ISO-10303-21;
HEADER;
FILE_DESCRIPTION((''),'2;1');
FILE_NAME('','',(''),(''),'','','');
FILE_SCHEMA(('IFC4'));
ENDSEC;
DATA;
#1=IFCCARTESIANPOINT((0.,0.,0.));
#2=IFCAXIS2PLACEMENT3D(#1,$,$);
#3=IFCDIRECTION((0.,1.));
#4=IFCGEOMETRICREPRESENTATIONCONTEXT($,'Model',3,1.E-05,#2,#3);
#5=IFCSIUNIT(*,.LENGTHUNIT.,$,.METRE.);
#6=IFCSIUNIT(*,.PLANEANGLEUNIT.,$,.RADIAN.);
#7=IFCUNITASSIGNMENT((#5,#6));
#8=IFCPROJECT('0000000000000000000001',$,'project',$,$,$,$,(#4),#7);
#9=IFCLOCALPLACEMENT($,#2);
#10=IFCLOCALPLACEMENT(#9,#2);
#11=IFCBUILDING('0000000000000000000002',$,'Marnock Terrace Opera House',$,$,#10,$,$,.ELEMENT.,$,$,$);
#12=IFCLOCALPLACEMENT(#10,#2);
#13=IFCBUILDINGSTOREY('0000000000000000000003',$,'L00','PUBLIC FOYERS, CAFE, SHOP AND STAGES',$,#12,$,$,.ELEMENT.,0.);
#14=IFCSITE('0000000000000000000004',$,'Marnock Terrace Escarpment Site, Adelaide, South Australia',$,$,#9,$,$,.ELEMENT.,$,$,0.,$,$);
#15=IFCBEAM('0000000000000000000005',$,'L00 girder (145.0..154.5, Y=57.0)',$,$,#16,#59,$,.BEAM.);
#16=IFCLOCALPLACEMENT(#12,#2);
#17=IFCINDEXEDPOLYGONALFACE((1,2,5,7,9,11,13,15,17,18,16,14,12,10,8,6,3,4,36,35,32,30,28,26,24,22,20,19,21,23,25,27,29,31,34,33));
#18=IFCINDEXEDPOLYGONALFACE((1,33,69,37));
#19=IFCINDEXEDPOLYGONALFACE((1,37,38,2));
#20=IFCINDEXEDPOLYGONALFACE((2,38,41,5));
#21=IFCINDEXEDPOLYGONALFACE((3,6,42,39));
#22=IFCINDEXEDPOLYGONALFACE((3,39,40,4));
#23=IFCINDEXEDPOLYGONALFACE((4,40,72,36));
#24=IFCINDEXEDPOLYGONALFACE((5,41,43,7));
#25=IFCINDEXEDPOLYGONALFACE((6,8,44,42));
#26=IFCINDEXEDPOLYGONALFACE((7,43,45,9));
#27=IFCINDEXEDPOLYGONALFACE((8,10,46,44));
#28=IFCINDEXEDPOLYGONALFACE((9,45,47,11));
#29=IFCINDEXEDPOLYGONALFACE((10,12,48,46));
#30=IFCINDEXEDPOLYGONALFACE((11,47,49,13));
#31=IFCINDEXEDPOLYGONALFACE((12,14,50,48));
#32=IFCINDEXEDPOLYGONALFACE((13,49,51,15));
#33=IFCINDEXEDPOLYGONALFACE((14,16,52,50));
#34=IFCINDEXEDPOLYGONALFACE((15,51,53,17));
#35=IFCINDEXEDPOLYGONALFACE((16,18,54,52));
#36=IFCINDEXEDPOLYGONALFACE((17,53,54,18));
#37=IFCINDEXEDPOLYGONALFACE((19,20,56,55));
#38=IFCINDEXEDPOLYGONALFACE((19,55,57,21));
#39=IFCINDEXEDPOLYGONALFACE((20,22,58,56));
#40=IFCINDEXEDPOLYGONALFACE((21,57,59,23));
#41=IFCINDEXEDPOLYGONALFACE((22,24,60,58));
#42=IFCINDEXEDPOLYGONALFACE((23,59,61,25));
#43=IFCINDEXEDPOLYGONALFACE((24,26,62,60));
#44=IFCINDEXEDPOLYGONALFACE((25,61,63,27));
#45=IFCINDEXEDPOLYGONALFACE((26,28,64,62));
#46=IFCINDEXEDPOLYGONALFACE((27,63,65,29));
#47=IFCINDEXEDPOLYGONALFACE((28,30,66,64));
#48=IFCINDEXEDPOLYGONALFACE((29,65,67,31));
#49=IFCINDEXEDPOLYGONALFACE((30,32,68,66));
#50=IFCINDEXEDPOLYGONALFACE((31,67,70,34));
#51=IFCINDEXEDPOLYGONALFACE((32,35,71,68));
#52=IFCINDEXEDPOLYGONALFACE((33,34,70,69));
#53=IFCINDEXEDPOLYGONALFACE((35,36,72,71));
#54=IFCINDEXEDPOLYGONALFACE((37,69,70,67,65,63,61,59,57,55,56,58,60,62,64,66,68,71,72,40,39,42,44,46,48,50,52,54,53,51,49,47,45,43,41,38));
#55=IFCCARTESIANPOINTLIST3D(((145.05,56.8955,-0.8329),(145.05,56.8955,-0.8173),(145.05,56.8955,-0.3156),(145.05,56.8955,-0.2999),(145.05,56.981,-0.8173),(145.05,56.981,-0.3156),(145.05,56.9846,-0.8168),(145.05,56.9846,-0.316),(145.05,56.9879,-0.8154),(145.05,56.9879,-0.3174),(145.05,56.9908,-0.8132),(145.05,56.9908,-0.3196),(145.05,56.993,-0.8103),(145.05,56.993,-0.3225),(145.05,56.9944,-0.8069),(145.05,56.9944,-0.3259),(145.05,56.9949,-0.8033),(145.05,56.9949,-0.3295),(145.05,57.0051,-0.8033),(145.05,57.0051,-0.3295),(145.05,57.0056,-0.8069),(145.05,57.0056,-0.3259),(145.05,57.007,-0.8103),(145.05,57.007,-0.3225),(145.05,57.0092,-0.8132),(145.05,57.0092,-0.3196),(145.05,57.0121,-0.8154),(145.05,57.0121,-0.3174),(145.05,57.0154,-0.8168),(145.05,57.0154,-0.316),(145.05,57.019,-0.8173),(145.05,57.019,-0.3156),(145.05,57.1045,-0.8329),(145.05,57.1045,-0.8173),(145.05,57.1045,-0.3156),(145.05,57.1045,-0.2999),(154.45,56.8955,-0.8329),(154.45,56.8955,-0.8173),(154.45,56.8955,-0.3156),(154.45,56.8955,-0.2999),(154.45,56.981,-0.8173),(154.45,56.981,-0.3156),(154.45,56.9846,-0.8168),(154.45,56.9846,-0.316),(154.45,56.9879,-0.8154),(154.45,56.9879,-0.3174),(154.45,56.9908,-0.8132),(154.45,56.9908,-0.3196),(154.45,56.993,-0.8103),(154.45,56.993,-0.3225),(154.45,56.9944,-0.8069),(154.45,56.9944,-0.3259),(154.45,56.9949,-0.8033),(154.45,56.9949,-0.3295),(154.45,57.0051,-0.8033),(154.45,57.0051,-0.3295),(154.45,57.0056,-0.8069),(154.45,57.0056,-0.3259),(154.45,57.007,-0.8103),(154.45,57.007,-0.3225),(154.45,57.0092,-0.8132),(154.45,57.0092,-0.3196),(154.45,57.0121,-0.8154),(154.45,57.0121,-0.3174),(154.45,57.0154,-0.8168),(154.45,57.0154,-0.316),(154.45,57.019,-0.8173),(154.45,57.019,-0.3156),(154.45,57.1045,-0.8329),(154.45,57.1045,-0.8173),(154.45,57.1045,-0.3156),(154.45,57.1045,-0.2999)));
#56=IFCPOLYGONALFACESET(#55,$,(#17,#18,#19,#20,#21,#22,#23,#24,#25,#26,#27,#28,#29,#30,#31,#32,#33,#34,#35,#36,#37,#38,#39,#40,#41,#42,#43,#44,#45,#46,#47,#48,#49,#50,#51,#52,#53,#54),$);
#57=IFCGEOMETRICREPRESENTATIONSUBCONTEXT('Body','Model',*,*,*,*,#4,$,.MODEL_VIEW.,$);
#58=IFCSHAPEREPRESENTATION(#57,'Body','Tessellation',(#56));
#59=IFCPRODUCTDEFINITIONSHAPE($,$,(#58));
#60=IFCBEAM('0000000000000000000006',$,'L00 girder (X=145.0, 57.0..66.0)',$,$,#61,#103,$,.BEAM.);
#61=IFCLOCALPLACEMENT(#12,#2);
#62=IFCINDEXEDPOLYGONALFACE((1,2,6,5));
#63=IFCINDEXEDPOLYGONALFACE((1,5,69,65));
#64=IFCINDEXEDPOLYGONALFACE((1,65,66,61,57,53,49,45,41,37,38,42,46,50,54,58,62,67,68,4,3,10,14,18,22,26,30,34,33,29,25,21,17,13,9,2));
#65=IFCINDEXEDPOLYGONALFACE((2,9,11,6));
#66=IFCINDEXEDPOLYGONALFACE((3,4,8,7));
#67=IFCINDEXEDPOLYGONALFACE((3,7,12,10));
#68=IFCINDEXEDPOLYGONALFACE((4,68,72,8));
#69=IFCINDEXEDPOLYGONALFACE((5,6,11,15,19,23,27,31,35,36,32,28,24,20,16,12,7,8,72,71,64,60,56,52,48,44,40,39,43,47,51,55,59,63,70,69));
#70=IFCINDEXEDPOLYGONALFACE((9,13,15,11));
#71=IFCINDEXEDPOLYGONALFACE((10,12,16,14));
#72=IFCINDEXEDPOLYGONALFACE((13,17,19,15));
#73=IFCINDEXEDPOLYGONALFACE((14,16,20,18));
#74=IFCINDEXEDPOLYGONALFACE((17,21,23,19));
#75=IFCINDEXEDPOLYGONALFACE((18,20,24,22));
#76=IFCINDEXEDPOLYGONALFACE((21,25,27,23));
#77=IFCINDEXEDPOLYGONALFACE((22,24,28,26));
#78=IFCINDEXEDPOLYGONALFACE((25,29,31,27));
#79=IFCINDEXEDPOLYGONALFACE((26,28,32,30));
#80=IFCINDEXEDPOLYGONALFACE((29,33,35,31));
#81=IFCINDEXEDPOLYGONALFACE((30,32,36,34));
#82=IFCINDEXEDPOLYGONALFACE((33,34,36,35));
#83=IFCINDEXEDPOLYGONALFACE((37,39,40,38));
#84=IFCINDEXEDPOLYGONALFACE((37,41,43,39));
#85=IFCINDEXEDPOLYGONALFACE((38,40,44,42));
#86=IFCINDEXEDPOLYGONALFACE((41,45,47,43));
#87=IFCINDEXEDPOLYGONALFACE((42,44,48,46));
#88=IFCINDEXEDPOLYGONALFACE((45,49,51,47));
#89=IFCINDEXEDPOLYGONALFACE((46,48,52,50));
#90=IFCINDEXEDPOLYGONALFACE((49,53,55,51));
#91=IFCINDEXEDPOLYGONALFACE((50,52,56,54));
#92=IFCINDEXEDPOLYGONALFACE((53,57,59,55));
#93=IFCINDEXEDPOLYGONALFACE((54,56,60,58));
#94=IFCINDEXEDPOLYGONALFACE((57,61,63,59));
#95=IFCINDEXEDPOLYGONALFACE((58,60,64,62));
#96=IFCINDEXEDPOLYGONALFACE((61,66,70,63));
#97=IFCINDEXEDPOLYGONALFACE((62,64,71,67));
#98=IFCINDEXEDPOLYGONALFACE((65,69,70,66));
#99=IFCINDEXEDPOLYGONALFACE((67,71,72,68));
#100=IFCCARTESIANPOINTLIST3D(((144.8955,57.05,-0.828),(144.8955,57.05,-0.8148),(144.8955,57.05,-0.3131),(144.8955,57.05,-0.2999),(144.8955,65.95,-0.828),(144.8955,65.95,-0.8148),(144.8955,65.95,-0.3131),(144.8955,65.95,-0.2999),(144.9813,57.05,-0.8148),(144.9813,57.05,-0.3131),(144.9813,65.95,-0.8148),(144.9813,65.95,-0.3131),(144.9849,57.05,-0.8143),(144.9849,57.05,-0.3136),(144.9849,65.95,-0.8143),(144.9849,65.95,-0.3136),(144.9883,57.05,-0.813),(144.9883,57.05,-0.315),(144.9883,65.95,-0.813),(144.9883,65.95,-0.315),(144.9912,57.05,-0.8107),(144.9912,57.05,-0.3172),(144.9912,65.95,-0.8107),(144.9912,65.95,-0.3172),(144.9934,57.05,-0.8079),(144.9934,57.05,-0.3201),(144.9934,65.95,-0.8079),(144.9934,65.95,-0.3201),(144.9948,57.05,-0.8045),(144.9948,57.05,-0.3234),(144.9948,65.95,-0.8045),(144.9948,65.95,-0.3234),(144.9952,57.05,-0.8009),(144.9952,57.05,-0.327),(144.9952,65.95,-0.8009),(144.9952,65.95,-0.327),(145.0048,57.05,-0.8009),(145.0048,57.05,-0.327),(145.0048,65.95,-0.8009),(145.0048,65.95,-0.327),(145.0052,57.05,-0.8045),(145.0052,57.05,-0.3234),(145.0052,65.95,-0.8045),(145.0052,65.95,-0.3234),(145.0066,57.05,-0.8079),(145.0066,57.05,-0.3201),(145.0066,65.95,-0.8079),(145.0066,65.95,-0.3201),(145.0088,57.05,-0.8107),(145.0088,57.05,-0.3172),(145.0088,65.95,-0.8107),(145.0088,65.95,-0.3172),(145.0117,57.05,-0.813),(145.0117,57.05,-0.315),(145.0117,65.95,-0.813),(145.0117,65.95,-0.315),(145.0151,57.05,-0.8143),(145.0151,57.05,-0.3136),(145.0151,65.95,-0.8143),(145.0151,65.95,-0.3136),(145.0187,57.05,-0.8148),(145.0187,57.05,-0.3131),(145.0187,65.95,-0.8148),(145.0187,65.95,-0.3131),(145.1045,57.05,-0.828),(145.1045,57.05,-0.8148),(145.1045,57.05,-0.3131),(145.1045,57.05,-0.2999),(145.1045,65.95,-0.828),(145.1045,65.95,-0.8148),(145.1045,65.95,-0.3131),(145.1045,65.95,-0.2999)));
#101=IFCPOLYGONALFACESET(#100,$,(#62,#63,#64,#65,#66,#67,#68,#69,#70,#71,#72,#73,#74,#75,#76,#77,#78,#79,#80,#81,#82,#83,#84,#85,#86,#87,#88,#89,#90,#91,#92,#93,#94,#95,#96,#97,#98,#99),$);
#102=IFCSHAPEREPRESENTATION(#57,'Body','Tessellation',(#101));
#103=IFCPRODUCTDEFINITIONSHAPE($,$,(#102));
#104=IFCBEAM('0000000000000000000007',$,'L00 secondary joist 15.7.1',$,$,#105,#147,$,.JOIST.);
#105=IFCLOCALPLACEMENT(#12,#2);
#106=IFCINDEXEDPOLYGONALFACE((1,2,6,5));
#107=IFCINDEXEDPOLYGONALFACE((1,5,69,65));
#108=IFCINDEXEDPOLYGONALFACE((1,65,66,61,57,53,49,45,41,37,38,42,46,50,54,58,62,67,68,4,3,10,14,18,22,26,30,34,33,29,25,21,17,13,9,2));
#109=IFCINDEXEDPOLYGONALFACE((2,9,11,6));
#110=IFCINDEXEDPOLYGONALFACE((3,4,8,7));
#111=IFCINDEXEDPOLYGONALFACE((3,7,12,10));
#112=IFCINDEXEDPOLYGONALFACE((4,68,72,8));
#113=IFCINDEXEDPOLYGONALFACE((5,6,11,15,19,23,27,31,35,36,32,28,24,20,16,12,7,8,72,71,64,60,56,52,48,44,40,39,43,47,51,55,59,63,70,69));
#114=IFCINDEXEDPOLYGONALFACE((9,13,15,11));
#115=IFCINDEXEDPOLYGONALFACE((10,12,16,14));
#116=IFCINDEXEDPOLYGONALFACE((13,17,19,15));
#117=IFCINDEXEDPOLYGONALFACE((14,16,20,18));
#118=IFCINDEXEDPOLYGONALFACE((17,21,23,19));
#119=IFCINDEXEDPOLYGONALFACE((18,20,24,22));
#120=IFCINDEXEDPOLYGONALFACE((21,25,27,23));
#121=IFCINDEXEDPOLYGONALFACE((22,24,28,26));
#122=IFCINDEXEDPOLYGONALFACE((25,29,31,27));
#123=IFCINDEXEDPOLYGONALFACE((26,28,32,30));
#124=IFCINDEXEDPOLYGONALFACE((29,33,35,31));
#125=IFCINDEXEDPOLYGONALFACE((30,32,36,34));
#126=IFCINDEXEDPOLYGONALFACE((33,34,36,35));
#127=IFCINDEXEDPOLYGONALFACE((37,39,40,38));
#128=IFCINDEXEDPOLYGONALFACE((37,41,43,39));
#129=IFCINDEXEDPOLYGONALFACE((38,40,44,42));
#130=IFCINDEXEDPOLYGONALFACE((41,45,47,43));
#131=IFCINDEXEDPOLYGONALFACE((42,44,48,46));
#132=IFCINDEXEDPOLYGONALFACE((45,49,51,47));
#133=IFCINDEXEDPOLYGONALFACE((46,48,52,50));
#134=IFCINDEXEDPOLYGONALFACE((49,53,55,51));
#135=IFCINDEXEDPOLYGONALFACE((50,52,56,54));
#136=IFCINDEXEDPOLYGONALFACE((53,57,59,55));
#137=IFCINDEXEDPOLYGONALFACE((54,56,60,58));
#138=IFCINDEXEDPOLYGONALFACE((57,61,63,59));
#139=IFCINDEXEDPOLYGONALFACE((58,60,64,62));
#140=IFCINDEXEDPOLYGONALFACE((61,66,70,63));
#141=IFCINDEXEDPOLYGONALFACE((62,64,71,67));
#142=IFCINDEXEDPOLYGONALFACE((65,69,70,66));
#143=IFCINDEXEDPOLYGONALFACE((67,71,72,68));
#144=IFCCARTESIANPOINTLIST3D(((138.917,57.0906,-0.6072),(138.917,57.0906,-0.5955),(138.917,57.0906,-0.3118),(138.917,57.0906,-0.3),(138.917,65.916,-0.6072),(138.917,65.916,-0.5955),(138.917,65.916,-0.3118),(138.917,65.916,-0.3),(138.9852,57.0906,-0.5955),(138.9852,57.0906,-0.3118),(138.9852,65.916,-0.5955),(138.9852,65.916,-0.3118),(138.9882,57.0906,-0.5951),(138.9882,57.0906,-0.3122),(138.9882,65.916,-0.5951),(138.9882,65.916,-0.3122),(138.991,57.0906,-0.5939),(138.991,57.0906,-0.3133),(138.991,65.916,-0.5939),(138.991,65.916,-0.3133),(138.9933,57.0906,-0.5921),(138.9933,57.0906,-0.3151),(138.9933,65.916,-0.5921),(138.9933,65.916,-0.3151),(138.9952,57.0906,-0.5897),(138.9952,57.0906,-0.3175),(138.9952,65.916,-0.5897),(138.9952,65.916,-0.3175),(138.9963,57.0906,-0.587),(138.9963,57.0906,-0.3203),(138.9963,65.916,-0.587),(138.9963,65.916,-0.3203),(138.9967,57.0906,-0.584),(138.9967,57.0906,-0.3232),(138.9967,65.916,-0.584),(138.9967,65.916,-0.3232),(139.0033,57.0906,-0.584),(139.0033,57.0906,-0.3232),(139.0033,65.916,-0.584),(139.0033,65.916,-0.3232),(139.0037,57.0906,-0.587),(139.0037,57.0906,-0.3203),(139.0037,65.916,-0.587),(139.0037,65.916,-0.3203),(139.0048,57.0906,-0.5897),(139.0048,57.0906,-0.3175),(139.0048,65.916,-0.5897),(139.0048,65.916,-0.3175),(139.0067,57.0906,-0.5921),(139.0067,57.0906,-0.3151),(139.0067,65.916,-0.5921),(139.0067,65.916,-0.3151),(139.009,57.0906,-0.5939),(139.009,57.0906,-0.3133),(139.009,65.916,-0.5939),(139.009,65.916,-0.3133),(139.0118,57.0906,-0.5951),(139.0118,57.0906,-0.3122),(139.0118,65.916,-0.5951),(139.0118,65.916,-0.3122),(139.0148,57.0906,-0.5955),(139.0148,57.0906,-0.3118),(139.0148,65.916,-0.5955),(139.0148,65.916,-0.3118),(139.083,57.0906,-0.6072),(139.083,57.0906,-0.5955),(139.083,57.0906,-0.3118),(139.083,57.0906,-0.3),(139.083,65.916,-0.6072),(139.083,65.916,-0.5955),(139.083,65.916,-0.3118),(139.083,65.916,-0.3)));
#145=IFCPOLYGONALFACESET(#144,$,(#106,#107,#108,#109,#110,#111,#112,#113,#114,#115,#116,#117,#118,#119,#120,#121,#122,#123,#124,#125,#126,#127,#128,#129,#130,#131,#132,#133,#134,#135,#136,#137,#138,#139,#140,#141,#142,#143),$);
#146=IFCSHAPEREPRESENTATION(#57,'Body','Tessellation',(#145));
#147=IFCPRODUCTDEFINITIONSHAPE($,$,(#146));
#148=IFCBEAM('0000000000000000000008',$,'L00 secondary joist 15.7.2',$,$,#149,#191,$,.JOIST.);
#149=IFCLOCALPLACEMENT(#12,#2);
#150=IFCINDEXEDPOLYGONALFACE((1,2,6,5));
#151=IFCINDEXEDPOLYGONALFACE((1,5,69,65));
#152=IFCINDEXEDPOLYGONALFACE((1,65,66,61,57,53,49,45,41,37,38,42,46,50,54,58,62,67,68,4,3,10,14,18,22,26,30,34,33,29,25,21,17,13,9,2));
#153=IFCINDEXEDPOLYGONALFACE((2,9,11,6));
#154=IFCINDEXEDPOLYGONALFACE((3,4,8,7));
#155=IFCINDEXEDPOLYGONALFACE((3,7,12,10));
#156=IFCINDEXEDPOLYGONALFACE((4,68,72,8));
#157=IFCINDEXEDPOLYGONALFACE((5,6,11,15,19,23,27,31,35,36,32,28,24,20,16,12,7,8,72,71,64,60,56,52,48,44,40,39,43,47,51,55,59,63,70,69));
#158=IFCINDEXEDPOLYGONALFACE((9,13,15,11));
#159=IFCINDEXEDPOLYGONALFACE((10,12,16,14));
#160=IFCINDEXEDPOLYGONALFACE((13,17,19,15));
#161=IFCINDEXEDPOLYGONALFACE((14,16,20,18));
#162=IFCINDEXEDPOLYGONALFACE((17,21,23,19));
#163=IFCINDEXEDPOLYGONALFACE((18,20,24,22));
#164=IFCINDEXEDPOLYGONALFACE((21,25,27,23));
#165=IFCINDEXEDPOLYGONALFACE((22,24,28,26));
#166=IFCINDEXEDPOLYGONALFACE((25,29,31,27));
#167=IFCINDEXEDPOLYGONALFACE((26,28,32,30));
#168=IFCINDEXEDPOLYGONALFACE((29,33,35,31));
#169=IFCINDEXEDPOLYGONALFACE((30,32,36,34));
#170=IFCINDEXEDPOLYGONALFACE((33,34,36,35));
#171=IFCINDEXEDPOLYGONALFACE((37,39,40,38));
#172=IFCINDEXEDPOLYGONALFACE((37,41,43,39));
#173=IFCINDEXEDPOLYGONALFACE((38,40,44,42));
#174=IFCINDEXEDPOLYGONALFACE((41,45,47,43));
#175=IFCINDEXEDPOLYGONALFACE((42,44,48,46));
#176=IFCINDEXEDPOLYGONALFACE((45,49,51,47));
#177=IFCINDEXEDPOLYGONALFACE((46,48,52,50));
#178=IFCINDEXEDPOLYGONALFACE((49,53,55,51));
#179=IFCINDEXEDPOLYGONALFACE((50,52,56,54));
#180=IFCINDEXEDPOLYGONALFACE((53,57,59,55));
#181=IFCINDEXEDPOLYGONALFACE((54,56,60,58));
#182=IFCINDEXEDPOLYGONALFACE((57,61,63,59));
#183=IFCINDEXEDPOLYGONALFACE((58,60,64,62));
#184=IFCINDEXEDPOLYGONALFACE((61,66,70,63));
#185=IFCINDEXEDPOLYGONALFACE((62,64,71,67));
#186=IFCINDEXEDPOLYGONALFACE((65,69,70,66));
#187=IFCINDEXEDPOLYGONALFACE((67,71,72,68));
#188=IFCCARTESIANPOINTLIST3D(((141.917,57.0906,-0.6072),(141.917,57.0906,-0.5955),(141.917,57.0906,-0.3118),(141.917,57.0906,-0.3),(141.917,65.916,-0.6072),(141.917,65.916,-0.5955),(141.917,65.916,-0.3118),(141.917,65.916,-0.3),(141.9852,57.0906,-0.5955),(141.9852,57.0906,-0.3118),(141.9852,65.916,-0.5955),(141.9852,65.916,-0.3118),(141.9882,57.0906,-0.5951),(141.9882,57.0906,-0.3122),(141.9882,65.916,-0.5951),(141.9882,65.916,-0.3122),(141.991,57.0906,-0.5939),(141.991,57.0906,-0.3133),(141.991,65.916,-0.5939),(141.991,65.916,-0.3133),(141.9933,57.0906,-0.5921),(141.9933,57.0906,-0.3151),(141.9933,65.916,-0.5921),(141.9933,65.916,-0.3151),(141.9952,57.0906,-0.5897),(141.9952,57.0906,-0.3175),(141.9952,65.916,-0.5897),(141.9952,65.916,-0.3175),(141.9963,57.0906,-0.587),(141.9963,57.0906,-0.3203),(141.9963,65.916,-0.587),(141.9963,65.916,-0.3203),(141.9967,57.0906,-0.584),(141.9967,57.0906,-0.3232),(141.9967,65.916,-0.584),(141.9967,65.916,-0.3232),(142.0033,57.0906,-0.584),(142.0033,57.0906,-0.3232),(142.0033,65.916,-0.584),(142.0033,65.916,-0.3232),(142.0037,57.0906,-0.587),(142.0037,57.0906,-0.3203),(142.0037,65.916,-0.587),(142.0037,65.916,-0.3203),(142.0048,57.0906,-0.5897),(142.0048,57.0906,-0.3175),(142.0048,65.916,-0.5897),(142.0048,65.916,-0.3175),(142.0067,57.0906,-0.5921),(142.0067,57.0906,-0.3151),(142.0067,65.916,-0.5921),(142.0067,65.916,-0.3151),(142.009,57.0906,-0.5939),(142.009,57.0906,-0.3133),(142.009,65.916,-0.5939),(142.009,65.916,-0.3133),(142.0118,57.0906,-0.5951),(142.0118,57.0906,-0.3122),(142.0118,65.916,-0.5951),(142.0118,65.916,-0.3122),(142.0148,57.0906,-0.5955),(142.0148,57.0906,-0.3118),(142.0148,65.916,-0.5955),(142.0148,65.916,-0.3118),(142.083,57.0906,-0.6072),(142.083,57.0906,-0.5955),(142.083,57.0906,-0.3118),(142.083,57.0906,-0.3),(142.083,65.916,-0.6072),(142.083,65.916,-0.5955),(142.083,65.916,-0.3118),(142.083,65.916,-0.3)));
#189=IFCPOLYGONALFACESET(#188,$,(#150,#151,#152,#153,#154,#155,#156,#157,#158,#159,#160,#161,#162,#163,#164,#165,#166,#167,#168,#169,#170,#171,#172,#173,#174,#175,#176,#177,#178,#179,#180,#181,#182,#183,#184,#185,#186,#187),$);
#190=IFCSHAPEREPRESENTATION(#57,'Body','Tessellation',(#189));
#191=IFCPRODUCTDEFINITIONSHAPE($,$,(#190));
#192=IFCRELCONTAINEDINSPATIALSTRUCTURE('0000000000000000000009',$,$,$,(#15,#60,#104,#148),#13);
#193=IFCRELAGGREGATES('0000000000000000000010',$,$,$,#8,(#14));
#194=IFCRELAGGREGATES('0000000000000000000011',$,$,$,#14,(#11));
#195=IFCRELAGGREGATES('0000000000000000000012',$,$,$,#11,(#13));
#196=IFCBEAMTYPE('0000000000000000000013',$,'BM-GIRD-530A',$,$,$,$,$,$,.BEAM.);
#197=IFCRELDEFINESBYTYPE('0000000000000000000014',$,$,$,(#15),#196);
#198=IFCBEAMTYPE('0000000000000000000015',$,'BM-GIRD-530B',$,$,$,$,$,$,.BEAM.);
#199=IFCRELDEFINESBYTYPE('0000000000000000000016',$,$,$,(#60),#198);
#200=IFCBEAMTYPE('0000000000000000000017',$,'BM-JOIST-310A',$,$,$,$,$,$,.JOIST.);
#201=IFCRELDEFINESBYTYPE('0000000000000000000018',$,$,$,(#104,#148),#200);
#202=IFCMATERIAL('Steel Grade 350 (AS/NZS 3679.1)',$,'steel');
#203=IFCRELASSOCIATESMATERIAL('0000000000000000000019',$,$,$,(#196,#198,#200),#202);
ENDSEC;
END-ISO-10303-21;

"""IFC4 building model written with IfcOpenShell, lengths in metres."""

from ifc_helpers import new_model, si_unit, direction, frame, origin, origin_2d, place, context, subcontext, project, spatial, i_section, extrude, material, material_profile, profile_set, type_object, element, save


model = new_model("IFC4")

# Units and contexts
model_context = context("Model", 3, precision=1e-05, world=origin(), true_north=direction((0.0, 1.0)))
body_context = subcontext(model_context, "Body", "Model", "MODEL_VIEW")
ifc_project = project(units=[si_unit("LENGTHUNIT", "METRE"), si_unit("PLANEANGLEUNIT", "RADIAN")], contexts=[model_context])

# Site, building, storey
site_placement = place(None, origin())
site = spatial("IfcSite", under=ifc_project, at=site_placement, Name="Marnock Terrace Escarpment Site, Adelaide, South Australia", CompositionType="ELEMENT", RefElevation=0.0)
building_placement = place(site_placement, origin())
building = spatial("IfcBuilding", under=site, at=building_placement, Name="Marnock Terrace Opera House", CompositionType="ELEMENT")
storey_placement = place(building_placement, origin())
storey = spatial("IfcBuildingStorey", under=building, at=storey_placement, Name="L00", Description="PUBLIC FOYERS, CAFE, SHOP AND STAGES", CompositionType="ELEMENT", Elevation=0.0)

# Beams
ifc_material_1 = material(Name="Steel Grade 350 (AS/NZS 3679.1)", Category="steel")
ifc_material_profile_1 = material_profile(ifc_material_1, i_section(OverallWidth=0.209, OverallDepth=0.533, WebThickness=0.0103, FlangeThickness=0.0156, FilletRadius=0.0139, at=origin_2d()))
ifc_profile_set_1 = profile_set([ifc_material_profile_1], Name="Steel Grade 350 (AS/NZS 3679.1)")
beam_type_1 = type_object("IfcBeamType", Name="BM-GIRD-530A", PredefinedType="BEAM", material=ifc_profile_set_1)
beam_1_placement = place(storey_placement, frame((145.05, 57.0, -0.5664), z_axis=(1.0, 0.0, 0.0), x_axis=(0.0, 1.0, 0.0)))
element("IfcBeam", 1, at=beam_1_placement, inside=storey, type_object=beam_type_1, Name="L00 girder (145.0..154.5, Y=57.0)", PredefinedType="BEAM", context=body_context, shape_type="SweptSolid", body=[
    extrude(i_section(OverallWidth=0.209, OverallDepth=0.533, WebThickness=0.0103, FlangeThickness=0.0156, FilletRadius=0.0139, at=origin_2d()), origin(), (0.0, 0.0, 1.0), 9.3999),
])
ifc_material_profile_2 = material_profile(ifc_material_1, i_section(OverallWidth=0.209, OverallDepth=0.5281, WebThickness=0.0095, FlangeThickness=0.0132, FilletRadius=0.0139, at=origin_2d()))
ifc_profile_set_2 = profile_set([ifc_material_profile_2], Name="Steel Grade 350 (AS/NZS 3679.1)")
beam_type_2 = type_object("IfcBeamType", Name="BM-GIRD-530B", PredefinedType="BEAM", material=ifc_profile_set_2)
beam_2_placement = place(storey_placement, frame((145.0, 57.05, -0.564), z_axis=(0.0, 1.0, 0.0), x_axis=(-1.0, 0.0, 0.0)))
element("IfcBeam", 2, at=beam_2_placement, inside=storey, type_object=beam_type_2, Name="L00 girder (X=145.0, 57.0..66.0)", PredefinedType="BEAM", context=body_context, shape_type="SweptSolid", body=[
    extrude(i_section(OverallWidth=0.209, OverallDepth=0.5281, WebThickness=0.0095, FlangeThickness=0.0132, FilletRadius=0.0139, at=origin_2d()), origin(), (0.0, 0.0, 1.0), 8.8999),
])
ifc_material_profile_3 = material_profile(ifc_material_1, i_section(OverallWidth=0.166, OverallDepth=0.3071, WebThickness=0.0066, FlangeThickness=0.0117, FilletRadius=0.0115, at=origin_2d()))
ifc_profile_set_3 = profile_set([ifc_material_profile_3], Name="Steel Grade 350 (AS/NZS 3679.1)")
beam_type_3 = type_object("IfcBeamType", Name="BM-JOIST-310A", PredefinedType="JOIST", material=ifc_profile_set_3)
for number, where, z_axis, x_axis, name in (
    (3, (139.0, 57.0906, -0.4536), (0.0, 1.0, 0.0), (-1.0, 0.0, 0.0), "L00 secondary joist 15.7.1"),
    (4, (142.0, 57.0906, -0.4536), (0.0, 1.0, 0.0), (-1.0, 0.0, 0.0), "L00 secondary joist 15.7.2"),
):
    element("IfcBeam", number, at=place(storey_placement, frame(where, z_axis=z_axis, x_axis=x_axis)), inside=storey, type_object=beam_type_3, Name=name, PredefinedType="JOIST", context=body_context, shape_type="SweptSolid", body=[
        extrude(i_section(OverallWidth=0.166, OverallDepth=0.3071, WebThickness=0.0066, FlangeThickness=0.0117, FilletRadius=0.0115, at=origin_2d()), origin(), (0.0, 0.0, 1.0), 8.8254),
    ])

save(model, "model.ifc")
